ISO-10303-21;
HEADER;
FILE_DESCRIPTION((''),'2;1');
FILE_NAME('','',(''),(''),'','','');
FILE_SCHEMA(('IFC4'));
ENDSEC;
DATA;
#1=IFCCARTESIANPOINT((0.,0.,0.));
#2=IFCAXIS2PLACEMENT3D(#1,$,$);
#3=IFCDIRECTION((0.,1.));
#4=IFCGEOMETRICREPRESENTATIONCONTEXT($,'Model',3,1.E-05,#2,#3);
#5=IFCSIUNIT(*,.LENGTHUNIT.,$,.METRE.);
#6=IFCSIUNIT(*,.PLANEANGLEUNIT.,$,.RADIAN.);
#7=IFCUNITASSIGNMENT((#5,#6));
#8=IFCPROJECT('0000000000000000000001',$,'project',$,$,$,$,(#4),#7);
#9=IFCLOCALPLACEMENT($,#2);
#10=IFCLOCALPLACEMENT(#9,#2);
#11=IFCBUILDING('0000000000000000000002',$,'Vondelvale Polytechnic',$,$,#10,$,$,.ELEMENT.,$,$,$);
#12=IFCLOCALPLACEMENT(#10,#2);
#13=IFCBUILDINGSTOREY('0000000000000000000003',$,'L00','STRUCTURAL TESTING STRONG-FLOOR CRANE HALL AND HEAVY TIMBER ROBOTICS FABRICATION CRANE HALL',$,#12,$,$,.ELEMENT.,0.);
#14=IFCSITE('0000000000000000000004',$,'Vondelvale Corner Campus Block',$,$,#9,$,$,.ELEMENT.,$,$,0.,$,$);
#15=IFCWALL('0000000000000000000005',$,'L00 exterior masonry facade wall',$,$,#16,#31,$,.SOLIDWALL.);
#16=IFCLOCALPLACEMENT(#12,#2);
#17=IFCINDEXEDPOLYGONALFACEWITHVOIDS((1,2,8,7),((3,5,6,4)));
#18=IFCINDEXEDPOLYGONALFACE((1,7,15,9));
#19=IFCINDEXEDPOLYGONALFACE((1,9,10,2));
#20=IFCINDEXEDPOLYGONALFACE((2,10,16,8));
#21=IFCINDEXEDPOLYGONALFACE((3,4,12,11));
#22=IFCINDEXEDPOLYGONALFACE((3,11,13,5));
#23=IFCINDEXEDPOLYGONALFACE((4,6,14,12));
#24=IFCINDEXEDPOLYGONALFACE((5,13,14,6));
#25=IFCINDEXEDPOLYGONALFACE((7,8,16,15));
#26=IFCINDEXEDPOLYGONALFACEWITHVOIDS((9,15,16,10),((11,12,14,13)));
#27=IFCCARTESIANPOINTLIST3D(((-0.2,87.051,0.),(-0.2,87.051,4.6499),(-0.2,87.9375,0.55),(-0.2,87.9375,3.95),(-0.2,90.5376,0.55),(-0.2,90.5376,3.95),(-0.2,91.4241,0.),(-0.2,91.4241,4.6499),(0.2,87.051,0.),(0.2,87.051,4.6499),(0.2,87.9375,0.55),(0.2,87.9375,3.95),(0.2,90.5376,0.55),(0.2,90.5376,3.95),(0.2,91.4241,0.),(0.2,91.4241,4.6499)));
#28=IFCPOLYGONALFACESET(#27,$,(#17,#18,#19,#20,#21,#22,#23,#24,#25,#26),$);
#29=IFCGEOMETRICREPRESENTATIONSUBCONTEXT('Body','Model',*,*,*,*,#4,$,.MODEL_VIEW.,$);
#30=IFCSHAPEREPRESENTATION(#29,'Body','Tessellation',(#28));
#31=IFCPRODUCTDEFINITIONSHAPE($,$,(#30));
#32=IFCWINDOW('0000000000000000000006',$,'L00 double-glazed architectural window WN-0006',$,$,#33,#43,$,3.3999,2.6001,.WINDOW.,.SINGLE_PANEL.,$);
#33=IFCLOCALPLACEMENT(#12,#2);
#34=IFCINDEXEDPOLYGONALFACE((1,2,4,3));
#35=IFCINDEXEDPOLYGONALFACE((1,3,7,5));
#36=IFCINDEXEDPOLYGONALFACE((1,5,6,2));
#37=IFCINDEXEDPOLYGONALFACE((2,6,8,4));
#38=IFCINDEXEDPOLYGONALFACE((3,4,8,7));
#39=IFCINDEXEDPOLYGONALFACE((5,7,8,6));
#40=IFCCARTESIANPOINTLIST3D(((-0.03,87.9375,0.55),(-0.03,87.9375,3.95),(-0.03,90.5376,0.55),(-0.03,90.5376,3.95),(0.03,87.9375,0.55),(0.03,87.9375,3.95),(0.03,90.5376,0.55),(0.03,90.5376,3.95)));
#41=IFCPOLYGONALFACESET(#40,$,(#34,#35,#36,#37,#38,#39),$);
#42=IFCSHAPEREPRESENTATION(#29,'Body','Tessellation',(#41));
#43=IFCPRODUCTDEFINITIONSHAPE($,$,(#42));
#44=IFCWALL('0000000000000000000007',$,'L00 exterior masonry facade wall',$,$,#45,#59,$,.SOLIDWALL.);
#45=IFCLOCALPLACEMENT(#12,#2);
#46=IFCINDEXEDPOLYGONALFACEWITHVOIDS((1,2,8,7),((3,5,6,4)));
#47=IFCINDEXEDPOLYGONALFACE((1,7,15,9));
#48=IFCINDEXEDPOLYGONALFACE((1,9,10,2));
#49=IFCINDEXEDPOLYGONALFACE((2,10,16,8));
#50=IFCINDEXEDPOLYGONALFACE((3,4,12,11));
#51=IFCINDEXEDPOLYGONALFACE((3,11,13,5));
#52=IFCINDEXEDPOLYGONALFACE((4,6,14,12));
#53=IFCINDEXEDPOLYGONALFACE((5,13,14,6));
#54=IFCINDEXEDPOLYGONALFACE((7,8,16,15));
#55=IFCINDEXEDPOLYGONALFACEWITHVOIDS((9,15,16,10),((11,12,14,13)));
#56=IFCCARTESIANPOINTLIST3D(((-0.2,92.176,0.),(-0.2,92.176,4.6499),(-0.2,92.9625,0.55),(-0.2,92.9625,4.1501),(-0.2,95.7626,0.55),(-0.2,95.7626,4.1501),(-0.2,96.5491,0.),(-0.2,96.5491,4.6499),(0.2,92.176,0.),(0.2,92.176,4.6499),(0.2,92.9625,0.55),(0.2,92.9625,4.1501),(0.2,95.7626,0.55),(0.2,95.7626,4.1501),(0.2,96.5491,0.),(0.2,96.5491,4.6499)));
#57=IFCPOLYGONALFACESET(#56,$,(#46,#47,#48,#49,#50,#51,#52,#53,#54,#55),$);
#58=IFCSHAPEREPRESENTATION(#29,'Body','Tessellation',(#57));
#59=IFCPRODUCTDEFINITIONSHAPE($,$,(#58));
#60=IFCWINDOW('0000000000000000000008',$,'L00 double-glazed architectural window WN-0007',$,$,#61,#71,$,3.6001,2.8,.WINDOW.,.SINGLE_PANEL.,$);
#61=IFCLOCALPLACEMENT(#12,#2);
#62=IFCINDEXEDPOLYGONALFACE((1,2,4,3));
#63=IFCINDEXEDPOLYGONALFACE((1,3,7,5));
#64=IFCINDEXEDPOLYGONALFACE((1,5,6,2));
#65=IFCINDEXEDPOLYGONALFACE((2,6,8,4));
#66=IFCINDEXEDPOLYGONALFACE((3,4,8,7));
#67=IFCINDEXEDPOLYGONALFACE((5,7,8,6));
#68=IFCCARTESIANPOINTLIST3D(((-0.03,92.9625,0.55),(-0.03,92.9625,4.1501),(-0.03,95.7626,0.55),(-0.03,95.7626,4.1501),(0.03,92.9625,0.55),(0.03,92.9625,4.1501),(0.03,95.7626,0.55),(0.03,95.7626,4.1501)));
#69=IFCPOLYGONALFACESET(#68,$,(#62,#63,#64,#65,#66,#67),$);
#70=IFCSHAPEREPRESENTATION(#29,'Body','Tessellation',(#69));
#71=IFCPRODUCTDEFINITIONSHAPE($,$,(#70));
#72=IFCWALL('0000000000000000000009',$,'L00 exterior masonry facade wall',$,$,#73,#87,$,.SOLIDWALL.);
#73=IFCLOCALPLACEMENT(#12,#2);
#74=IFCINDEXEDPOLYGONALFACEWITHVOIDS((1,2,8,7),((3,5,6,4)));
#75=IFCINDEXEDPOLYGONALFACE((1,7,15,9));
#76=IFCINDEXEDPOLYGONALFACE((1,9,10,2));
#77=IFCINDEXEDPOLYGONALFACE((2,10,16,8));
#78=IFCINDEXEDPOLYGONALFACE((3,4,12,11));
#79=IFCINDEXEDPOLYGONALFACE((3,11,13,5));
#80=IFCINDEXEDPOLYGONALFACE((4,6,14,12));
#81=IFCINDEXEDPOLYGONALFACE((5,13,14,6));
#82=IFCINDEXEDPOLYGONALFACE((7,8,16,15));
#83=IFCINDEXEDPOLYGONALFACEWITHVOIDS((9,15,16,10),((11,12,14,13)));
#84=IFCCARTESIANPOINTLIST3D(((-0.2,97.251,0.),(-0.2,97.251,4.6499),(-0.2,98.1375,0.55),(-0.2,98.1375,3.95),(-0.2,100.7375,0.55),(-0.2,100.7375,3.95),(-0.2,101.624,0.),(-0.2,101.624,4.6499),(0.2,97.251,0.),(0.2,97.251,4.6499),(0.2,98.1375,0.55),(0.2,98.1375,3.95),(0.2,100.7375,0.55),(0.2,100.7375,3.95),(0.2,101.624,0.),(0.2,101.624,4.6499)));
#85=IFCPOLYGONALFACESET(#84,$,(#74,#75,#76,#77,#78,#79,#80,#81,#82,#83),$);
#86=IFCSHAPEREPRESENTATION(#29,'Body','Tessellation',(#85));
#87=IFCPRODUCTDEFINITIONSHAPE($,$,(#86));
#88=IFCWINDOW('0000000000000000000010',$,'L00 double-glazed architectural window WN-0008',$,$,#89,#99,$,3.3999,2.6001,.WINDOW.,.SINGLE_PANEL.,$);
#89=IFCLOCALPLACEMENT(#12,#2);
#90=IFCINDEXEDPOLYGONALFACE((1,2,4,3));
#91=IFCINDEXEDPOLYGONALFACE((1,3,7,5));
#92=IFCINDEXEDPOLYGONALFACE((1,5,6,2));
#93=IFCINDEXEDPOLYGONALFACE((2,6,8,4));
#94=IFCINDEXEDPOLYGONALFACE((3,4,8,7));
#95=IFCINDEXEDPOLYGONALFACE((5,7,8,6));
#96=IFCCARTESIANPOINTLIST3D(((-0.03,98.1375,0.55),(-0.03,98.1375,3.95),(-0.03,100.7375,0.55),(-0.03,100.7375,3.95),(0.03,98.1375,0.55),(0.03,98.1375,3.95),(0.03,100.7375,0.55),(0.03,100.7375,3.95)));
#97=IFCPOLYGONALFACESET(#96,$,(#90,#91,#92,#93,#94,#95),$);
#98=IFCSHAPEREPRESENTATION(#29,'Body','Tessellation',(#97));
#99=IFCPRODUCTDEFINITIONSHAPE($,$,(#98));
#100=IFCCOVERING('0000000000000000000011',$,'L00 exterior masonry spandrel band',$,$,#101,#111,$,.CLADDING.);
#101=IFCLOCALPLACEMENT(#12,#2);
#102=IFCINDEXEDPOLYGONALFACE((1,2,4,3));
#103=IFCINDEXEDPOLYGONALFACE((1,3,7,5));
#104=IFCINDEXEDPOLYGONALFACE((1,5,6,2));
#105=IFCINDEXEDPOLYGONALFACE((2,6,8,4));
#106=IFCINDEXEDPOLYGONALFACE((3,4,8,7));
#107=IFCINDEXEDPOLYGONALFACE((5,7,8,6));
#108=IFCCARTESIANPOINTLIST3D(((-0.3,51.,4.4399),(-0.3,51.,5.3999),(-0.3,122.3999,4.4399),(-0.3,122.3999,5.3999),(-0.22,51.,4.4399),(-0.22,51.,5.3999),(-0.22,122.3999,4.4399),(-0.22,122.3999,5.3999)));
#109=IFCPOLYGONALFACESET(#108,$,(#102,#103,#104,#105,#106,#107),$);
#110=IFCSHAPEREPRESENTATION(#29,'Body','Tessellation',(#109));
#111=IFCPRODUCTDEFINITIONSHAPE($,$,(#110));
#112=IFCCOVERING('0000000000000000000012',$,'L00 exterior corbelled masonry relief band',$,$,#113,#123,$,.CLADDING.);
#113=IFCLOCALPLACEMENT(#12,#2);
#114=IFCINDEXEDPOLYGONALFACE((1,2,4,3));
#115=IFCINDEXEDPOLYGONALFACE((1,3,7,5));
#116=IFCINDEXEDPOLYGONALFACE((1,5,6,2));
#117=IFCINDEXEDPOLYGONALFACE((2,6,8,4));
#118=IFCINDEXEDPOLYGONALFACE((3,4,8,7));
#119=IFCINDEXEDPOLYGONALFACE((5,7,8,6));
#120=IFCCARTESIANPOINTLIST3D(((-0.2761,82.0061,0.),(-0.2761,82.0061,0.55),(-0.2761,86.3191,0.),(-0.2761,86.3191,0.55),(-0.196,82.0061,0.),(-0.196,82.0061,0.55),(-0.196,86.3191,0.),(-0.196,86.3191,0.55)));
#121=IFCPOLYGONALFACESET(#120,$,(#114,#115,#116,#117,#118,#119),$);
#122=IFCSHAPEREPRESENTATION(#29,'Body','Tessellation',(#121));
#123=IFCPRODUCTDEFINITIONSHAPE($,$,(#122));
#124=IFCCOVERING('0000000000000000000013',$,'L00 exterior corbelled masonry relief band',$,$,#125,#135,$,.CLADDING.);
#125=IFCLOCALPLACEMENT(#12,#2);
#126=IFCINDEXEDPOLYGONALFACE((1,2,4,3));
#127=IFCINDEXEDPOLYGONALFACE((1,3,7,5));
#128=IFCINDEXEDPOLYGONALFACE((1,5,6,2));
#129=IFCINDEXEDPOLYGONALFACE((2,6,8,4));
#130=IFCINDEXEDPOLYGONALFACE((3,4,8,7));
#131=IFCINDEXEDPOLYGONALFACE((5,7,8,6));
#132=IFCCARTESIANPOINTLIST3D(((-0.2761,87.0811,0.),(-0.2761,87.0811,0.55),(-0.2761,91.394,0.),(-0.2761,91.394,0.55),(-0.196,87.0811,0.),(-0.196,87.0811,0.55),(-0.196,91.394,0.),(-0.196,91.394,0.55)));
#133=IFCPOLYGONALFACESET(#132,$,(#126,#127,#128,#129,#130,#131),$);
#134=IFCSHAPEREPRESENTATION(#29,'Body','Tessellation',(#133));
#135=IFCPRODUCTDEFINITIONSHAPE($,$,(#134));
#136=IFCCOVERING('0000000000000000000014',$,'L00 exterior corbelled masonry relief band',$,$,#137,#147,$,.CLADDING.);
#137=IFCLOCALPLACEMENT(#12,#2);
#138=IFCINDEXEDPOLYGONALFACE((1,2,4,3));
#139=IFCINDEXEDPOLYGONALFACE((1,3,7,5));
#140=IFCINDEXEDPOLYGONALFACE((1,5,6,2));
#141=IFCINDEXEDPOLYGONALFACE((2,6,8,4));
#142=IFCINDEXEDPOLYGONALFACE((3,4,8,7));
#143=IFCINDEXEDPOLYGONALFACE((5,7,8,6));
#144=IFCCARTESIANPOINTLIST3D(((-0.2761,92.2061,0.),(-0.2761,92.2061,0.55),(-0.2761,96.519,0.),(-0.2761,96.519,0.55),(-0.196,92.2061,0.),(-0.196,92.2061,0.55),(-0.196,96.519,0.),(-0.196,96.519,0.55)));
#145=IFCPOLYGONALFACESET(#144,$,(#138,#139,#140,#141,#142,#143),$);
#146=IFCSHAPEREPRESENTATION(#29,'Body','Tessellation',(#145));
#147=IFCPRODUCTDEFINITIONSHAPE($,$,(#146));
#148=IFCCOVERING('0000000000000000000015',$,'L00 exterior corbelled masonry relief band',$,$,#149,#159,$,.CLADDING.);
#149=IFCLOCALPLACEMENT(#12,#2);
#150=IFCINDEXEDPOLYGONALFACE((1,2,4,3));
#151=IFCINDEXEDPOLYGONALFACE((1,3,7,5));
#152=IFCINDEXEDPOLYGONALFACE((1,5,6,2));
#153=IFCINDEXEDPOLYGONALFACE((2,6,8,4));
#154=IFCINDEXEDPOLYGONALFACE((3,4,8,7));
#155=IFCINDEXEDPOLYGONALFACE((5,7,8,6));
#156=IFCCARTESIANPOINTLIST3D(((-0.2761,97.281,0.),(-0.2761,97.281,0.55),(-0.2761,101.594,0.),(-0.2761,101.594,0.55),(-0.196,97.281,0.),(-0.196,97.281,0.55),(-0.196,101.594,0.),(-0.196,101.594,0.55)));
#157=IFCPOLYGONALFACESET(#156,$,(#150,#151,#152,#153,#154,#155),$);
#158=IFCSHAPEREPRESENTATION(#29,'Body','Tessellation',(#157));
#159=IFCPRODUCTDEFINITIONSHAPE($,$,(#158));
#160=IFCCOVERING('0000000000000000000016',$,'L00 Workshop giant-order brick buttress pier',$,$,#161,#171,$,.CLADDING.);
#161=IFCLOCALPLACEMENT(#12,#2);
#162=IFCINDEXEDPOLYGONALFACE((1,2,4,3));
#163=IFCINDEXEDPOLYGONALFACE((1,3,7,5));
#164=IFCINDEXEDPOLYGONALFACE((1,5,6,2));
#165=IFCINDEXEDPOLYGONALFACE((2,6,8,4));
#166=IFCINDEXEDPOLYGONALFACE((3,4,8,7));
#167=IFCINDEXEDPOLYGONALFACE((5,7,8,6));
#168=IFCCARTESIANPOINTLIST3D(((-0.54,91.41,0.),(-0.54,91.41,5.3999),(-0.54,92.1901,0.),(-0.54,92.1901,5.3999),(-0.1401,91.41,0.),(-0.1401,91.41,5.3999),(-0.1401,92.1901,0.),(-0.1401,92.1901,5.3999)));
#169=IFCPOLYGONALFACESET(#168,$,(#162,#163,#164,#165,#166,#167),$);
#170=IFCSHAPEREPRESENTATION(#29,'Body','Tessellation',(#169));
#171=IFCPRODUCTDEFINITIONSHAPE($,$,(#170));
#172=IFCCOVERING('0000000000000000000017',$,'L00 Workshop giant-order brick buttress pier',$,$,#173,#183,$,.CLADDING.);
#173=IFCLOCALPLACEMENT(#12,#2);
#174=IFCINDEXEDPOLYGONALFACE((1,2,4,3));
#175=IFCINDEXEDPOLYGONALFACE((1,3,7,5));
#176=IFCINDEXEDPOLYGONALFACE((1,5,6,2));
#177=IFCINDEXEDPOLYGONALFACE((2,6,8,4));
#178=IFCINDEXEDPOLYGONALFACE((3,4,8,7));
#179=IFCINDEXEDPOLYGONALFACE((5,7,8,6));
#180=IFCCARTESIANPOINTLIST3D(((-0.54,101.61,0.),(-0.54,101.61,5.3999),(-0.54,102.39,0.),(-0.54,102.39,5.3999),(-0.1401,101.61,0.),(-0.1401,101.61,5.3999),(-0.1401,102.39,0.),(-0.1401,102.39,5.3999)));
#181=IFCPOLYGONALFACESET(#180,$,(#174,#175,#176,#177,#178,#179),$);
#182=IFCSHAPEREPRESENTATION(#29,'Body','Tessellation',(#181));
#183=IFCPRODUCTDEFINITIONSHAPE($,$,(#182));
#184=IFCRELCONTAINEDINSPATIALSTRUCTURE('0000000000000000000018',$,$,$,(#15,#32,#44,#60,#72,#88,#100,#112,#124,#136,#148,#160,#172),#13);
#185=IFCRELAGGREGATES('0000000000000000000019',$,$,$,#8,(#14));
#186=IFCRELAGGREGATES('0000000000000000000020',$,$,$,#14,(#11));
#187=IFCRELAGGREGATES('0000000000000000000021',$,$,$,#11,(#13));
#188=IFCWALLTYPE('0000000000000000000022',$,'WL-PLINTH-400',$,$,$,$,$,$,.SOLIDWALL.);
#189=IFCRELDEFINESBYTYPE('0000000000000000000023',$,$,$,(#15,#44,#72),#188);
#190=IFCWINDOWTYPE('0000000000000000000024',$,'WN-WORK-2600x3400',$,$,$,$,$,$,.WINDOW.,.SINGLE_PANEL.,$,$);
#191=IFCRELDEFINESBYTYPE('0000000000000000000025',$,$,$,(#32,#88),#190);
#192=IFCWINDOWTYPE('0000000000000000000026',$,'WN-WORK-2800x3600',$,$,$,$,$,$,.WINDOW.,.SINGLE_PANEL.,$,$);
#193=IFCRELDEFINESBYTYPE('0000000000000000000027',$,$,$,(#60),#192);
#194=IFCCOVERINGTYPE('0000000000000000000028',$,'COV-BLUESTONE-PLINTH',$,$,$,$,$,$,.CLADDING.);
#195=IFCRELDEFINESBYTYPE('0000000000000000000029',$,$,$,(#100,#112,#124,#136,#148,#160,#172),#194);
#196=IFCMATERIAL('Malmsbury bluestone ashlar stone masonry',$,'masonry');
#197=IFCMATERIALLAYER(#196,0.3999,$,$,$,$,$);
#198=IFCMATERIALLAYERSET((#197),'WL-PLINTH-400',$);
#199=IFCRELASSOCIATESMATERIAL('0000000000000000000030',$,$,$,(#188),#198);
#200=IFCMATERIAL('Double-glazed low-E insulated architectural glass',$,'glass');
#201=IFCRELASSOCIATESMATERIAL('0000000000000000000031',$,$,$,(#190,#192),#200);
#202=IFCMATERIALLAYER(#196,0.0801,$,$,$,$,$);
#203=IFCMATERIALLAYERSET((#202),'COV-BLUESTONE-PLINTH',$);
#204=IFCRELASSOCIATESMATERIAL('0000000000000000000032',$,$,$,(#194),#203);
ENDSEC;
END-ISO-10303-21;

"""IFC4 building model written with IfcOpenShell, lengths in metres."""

from ifc_helpers import new_model, si_unit, direction, frame, frame_2d, origin, origin_2d, place, context, subcontext, project, spatial, rectangle, extrude, material, layer, layer_set, type_object, element, fill, save


model = new_model("IFC4")

# Units and contexts
model_context = context("Model", 3, precision=1e-05, world=origin(), true_north=direction((0.0, 1.0)))
body_context = subcontext(model_context, "Body", "Model", "MODEL_VIEW")
ifc_project = project(units=[si_unit("LENGTHUNIT", "METRE"), si_unit("PLANEANGLEUNIT", "RADIAN")], contexts=[model_context])

# Site, building, storey
site_placement = place(None, origin())
site = spatial("IfcSite", under=ifc_project, at=site_placement, Name="Vondelvale Corner Campus Block", CompositionType="ELEMENT", RefElevation=0.0)
building_placement = place(site_placement, origin())
building = spatial("IfcBuilding", under=site, at=building_placement, Name="Vondelvale Polytechnic", CompositionType="ELEMENT")
storey_placement = place(building_placement, origin())
storey = spatial("IfcBuildingStorey", under=building, at=storey_placement, Name="L00", Description="STRUCTURAL TESTING STRONG-FLOOR CRANE HALL AND HEAVY TIMBER ROBOTICS FABRICATION CRANE HALL", CompositionType="ELEMENT", Elevation=0.0)

# Shared definitions
ifc_material_1 = material(Name="Malmsbury bluestone ashlar stone masonry", Category="masonry")
ifc_layer_1 = layer(ifc_material_1, 0.3999)
ifc_layer_set_1 = layer_set([ifc_layer_1], Name="WL-PLINTH-400")
wall_type_1 = type_object("IfcWallType", Name="WL-PLINTH-400", PredefinedType="SOLIDWALL", material=ifc_layer_set_1)

# Walls, openings, windows
wall_1_placement = place(storey_placement, frame((0.0, 87.051, 0.0), z_axis=(0.0, 0.0, 1.0), x_axis=(0.0, 1.0, 0.0)))
wall_1 = element("IfcWall", 1, at=wall_1_placement, inside=storey, type_object=wall_type_1, Name="L00 exterior masonry facade wall", PredefinedType="SOLIDWALL", context=body_context, shape_type="SweptSolid", body=[
    extrude(rectangle(XDim=4.373, YDim=0.3999, at=frame_2d((2.1865, 0.0))), origin(), (0.0, 0.0, 1.0), 4.6499),
])
opening_1_placement = place(wall_1_placement, frame((0.8865, 0.0, 0.55)))
opening_1 = element("IfcOpeningElement", 2, at=opening_1_placement, cuts=wall_1, PredefinedType="OPENING", context=body_context, shape_type="SweptSolid", body=[
    extrude(rectangle(XDim=2.6001, YDim=3.3999, at=frame_2d((1.3, 1.7))), frame((0.0, 0.21, 0.0), z_axis=(0.0, -1.0, 0.0), x_axis=(1.0, 0.0, 0.0)), (0.0, 0.0, 1.0), 0.4199),
])
ifc_material_2 = material(Name="Double-glazed low-E insulated architectural glass", Category="glass")
window_type_1 = type_object("IfcWindowType", Name="WN-WORK-2600x3400", PartitioningType="SINGLE_PANEL", PredefinedType="WINDOW", material=ifc_material_2)
window_1_placement = place(opening_1_placement, origin())
window_1 = element("IfcWindow", 3, at=window_1_placement, inside=storey, type_object=window_type_1, Name="L00 double-glazed architectural window WN-0006", OverallHeight=3.3999, OverallWidth=2.6001, PartitioningType="SINGLE_PANEL", PredefinedType="WINDOW", context=body_context, shape_type="SweptSolid", body=[
    extrude(rectangle(XDim=2.6001, YDim=3.3999, at=frame_2d((1.3, 1.7))), frame((0.0, 0.03, 0.0), z_axis=(0.0, -1.0, 0.0), x_axis=(1.0, 0.0, 0.0)), (0.0, 0.0, 1.0), 0.0601),
])
fill(opening_1, window_1)
wall_2_placement = place(storey_placement, frame((0.0, 92.176, 0.0), z_axis=(0.0, 0.0, 1.0), x_axis=(0.0, 1.0, 0.0)))
wall_2 = element("IfcWall", 4, at=wall_2_placement, inside=storey, type_object=wall_type_1, Name="L00 exterior masonry facade wall", PredefinedType="SOLIDWALL", context=body_context, shape_type="SweptSolid", body=[
    extrude(rectangle(XDim=4.373, YDim=0.3999, at=frame_2d((2.1865, 0.0))), origin(), (0.0, 0.0, 1.0), 4.6499),
])
opening_2_placement = place(wall_2_placement, frame((0.7866, 0.0, 0.55)))
opening_2 = element("IfcOpeningElement", 5, at=opening_2_placement, cuts=wall_2, PredefinedType="OPENING", context=body_context, shape_type="SweptSolid", body=[
    extrude(rectangle(XDim=2.8, YDim=3.6001, at=frame_2d((1.3999, 1.8))), frame((0.0, 0.21, 0.0), z_axis=(0.0, -1.0, 0.0), x_axis=(1.0, 0.0, 0.0)), (0.0, 0.0, 1.0), 0.4199),
])
window_type_2 = type_object("IfcWindowType", Name="WN-WORK-2800x3600", PartitioningType="SINGLE_PANEL", PredefinedType="WINDOW", material=ifc_material_2)
window_2_placement = place(opening_2_placement, origin())
window_2 = element("IfcWindow", 6, at=window_2_placement, inside=storey, type_object=window_type_2, Name="L00 double-glazed architectural window WN-0007", OverallHeight=3.6001, OverallWidth=2.8, PartitioningType="SINGLE_PANEL", PredefinedType="WINDOW", context=body_context, shape_type="SweptSolid", body=[
    extrude(rectangle(XDim=2.8, YDim=3.6001, at=frame_2d((1.3999, 1.8))), frame((0.0, 0.03, 0.0), z_axis=(0.0, -1.0, 0.0), x_axis=(1.0, 0.0, 0.0)), (0.0, 0.0, 1.0), 0.0601),
])
fill(opening_2, window_2)
wall_3_placement = place(storey_placement, frame((0.0, 97.251, 0.0), z_axis=(0.0, 0.0, 1.0), x_axis=(0.0, 1.0, 0.0)))
wall_3 = element("IfcWall", 7, at=wall_3_placement, inside=storey, type_object=wall_type_1, Name="L00 exterior masonry facade wall", PredefinedType="SOLIDWALL", context=body_context, shape_type="SweptSolid", body=[
    extrude(rectangle(XDim=4.373, YDim=0.3999, at=frame_2d((2.1865, 0.0))), origin(), (0.0, 0.0, 1.0), 4.6499),
])
opening_3_placement = place(wall_3_placement, frame((0.8865, 0.0, 0.55)))
opening_3 = element("IfcOpeningElement", 8, at=opening_3_placement, cuts=wall_3, PredefinedType="OPENING", context=body_context, shape_type="SweptSolid", body=[
    extrude(rectangle(XDim=2.6001, YDim=3.3999, at=frame_2d((1.3, 1.7))), frame((0.0, 0.21, 0.0), z_axis=(0.0, -1.0, 0.0), x_axis=(1.0, 0.0, 0.0)), (0.0, 0.0, 1.0), 0.4199),
])
window_3_placement = place(opening_3_placement, origin())
window_3 = element("IfcWindow", 9, at=window_3_placement, inside=storey, type_object=window_type_1, Name="L00 double-glazed architectural window WN-0008", OverallHeight=3.3999, OverallWidth=2.6001, PartitioningType="SINGLE_PANEL", PredefinedType="WINDOW", context=body_context, shape_type="SweptSolid", body=[
    extrude(rectangle(XDim=2.6001, YDim=3.3999, at=frame_2d((1.3, 1.7))), frame((0.0, 0.03, 0.0), z_axis=(0.0, -1.0, 0.0), x_axis=(1.0, 0.0, 0.0)), (0.0, 0.0, 1.0), 0.0601),
])
fill(opening_3, window_3)

# Coverings
ifc_layer_2 = layer(ifc_material_1, 0.0801)
ifc_layer_set_2 = layer_set([ifc_layer_2], Name="COV-BLUESTONE-PLINTH")
covering_type = type_object("IfcCoveringType", Name="COV-BLUESTONE-PLINTH", PredefinedType="CLADDING", material=ifc_layer_set_2)
covering_1_placement = place(storey_placement, frame((-0.26, 86.7, 4.4399), z_axis=(0.0, 0.0, 1.0), x_axis=(0.0, 1.0, 0.0)))
element("IfcCovering", 10, at=covering_1_placement, inside=storey, type_object=covering_type, Name="L00 exterior masonry spandrel band", PredefinedType="CLADDING", context=body_context, shape_type="SweptSolid", body=[
    extrude(rectangle(XDim=71.3999, YDim=0.0801, at=origin_2d()), origin(), (0.0, 0.0, 1.0), 0.96),
])
for number, where, z_axis, x_axis, name in (
    (11, (-0.2361, 84.1626, 0.0), (0.0, 0.0, 1.0), (0.0, 1.0, 0.0), "L00 exterior corbelled masonry relief band"),
    (12, (-0.2361, 89.2375, 0.0), (0.0, 0.0, 1.0), (0.0, 1.0, 0.0), "L00 exterior corbelled masonry relief band"),
    (13, (-0.2361, 94.3625, 0.0), (0.0, 0.0, 1.0), (0.0, 1.0, 0.0), "L00 exterior corbelled masonry relief band"),
    (14, (-0.2361, 99.4375, 0.0), (0.0, 0.0, 1.0), (0.0, 1.0, 0.0), "L00 exterior corbelled masonry relief band"),
):
    element("IfcCovering", number, at=place(storey_placement, frame(where, z_axis=z_axis, x_axis=x_axis)), inside=storey, type_object=covering_type, Name=name, PredefinedType="CLADDING", context=body_context, shape_type="SweptSolid", body=[
        extrude(rectangle(XDim=4.313, YDim=0.0801, at=origin_2d()), origin(), (0.0, 0.0, 1.0), 0.55),
    ])
for number, where, z_axis, x_axis, name in (
    (15, (-0.3401, 91.8, 0.0), (0.0, 0.0, 1.0), (1.0, 0.0, 0.0), "L00 Workshop giant-order brick buttress pier"),
    (16, (-0.3401, 102.0, 0.0), (0.0, 0.0, 1.0), (1.0, 0.0, 0.0), "L00 Workshop giant-order brick buttress pier"),
):
    element("IfcCovering", number, at=place(storey_placement, frame(where, z_axis=z_axis, x_axis=x_axis)), inside=storey, type_object=covering_type, Name=name, PredefinedType="CLADDING", context=body_context, shape_type="SweptSolid", body=[
        extrude(rectangle(XDim=0.3999, YDim=0.78, at=origin_2d()), origin(), (0.0, 0.0, 1.0), 5.3999),
    ])

save(model, "model.ifc")
